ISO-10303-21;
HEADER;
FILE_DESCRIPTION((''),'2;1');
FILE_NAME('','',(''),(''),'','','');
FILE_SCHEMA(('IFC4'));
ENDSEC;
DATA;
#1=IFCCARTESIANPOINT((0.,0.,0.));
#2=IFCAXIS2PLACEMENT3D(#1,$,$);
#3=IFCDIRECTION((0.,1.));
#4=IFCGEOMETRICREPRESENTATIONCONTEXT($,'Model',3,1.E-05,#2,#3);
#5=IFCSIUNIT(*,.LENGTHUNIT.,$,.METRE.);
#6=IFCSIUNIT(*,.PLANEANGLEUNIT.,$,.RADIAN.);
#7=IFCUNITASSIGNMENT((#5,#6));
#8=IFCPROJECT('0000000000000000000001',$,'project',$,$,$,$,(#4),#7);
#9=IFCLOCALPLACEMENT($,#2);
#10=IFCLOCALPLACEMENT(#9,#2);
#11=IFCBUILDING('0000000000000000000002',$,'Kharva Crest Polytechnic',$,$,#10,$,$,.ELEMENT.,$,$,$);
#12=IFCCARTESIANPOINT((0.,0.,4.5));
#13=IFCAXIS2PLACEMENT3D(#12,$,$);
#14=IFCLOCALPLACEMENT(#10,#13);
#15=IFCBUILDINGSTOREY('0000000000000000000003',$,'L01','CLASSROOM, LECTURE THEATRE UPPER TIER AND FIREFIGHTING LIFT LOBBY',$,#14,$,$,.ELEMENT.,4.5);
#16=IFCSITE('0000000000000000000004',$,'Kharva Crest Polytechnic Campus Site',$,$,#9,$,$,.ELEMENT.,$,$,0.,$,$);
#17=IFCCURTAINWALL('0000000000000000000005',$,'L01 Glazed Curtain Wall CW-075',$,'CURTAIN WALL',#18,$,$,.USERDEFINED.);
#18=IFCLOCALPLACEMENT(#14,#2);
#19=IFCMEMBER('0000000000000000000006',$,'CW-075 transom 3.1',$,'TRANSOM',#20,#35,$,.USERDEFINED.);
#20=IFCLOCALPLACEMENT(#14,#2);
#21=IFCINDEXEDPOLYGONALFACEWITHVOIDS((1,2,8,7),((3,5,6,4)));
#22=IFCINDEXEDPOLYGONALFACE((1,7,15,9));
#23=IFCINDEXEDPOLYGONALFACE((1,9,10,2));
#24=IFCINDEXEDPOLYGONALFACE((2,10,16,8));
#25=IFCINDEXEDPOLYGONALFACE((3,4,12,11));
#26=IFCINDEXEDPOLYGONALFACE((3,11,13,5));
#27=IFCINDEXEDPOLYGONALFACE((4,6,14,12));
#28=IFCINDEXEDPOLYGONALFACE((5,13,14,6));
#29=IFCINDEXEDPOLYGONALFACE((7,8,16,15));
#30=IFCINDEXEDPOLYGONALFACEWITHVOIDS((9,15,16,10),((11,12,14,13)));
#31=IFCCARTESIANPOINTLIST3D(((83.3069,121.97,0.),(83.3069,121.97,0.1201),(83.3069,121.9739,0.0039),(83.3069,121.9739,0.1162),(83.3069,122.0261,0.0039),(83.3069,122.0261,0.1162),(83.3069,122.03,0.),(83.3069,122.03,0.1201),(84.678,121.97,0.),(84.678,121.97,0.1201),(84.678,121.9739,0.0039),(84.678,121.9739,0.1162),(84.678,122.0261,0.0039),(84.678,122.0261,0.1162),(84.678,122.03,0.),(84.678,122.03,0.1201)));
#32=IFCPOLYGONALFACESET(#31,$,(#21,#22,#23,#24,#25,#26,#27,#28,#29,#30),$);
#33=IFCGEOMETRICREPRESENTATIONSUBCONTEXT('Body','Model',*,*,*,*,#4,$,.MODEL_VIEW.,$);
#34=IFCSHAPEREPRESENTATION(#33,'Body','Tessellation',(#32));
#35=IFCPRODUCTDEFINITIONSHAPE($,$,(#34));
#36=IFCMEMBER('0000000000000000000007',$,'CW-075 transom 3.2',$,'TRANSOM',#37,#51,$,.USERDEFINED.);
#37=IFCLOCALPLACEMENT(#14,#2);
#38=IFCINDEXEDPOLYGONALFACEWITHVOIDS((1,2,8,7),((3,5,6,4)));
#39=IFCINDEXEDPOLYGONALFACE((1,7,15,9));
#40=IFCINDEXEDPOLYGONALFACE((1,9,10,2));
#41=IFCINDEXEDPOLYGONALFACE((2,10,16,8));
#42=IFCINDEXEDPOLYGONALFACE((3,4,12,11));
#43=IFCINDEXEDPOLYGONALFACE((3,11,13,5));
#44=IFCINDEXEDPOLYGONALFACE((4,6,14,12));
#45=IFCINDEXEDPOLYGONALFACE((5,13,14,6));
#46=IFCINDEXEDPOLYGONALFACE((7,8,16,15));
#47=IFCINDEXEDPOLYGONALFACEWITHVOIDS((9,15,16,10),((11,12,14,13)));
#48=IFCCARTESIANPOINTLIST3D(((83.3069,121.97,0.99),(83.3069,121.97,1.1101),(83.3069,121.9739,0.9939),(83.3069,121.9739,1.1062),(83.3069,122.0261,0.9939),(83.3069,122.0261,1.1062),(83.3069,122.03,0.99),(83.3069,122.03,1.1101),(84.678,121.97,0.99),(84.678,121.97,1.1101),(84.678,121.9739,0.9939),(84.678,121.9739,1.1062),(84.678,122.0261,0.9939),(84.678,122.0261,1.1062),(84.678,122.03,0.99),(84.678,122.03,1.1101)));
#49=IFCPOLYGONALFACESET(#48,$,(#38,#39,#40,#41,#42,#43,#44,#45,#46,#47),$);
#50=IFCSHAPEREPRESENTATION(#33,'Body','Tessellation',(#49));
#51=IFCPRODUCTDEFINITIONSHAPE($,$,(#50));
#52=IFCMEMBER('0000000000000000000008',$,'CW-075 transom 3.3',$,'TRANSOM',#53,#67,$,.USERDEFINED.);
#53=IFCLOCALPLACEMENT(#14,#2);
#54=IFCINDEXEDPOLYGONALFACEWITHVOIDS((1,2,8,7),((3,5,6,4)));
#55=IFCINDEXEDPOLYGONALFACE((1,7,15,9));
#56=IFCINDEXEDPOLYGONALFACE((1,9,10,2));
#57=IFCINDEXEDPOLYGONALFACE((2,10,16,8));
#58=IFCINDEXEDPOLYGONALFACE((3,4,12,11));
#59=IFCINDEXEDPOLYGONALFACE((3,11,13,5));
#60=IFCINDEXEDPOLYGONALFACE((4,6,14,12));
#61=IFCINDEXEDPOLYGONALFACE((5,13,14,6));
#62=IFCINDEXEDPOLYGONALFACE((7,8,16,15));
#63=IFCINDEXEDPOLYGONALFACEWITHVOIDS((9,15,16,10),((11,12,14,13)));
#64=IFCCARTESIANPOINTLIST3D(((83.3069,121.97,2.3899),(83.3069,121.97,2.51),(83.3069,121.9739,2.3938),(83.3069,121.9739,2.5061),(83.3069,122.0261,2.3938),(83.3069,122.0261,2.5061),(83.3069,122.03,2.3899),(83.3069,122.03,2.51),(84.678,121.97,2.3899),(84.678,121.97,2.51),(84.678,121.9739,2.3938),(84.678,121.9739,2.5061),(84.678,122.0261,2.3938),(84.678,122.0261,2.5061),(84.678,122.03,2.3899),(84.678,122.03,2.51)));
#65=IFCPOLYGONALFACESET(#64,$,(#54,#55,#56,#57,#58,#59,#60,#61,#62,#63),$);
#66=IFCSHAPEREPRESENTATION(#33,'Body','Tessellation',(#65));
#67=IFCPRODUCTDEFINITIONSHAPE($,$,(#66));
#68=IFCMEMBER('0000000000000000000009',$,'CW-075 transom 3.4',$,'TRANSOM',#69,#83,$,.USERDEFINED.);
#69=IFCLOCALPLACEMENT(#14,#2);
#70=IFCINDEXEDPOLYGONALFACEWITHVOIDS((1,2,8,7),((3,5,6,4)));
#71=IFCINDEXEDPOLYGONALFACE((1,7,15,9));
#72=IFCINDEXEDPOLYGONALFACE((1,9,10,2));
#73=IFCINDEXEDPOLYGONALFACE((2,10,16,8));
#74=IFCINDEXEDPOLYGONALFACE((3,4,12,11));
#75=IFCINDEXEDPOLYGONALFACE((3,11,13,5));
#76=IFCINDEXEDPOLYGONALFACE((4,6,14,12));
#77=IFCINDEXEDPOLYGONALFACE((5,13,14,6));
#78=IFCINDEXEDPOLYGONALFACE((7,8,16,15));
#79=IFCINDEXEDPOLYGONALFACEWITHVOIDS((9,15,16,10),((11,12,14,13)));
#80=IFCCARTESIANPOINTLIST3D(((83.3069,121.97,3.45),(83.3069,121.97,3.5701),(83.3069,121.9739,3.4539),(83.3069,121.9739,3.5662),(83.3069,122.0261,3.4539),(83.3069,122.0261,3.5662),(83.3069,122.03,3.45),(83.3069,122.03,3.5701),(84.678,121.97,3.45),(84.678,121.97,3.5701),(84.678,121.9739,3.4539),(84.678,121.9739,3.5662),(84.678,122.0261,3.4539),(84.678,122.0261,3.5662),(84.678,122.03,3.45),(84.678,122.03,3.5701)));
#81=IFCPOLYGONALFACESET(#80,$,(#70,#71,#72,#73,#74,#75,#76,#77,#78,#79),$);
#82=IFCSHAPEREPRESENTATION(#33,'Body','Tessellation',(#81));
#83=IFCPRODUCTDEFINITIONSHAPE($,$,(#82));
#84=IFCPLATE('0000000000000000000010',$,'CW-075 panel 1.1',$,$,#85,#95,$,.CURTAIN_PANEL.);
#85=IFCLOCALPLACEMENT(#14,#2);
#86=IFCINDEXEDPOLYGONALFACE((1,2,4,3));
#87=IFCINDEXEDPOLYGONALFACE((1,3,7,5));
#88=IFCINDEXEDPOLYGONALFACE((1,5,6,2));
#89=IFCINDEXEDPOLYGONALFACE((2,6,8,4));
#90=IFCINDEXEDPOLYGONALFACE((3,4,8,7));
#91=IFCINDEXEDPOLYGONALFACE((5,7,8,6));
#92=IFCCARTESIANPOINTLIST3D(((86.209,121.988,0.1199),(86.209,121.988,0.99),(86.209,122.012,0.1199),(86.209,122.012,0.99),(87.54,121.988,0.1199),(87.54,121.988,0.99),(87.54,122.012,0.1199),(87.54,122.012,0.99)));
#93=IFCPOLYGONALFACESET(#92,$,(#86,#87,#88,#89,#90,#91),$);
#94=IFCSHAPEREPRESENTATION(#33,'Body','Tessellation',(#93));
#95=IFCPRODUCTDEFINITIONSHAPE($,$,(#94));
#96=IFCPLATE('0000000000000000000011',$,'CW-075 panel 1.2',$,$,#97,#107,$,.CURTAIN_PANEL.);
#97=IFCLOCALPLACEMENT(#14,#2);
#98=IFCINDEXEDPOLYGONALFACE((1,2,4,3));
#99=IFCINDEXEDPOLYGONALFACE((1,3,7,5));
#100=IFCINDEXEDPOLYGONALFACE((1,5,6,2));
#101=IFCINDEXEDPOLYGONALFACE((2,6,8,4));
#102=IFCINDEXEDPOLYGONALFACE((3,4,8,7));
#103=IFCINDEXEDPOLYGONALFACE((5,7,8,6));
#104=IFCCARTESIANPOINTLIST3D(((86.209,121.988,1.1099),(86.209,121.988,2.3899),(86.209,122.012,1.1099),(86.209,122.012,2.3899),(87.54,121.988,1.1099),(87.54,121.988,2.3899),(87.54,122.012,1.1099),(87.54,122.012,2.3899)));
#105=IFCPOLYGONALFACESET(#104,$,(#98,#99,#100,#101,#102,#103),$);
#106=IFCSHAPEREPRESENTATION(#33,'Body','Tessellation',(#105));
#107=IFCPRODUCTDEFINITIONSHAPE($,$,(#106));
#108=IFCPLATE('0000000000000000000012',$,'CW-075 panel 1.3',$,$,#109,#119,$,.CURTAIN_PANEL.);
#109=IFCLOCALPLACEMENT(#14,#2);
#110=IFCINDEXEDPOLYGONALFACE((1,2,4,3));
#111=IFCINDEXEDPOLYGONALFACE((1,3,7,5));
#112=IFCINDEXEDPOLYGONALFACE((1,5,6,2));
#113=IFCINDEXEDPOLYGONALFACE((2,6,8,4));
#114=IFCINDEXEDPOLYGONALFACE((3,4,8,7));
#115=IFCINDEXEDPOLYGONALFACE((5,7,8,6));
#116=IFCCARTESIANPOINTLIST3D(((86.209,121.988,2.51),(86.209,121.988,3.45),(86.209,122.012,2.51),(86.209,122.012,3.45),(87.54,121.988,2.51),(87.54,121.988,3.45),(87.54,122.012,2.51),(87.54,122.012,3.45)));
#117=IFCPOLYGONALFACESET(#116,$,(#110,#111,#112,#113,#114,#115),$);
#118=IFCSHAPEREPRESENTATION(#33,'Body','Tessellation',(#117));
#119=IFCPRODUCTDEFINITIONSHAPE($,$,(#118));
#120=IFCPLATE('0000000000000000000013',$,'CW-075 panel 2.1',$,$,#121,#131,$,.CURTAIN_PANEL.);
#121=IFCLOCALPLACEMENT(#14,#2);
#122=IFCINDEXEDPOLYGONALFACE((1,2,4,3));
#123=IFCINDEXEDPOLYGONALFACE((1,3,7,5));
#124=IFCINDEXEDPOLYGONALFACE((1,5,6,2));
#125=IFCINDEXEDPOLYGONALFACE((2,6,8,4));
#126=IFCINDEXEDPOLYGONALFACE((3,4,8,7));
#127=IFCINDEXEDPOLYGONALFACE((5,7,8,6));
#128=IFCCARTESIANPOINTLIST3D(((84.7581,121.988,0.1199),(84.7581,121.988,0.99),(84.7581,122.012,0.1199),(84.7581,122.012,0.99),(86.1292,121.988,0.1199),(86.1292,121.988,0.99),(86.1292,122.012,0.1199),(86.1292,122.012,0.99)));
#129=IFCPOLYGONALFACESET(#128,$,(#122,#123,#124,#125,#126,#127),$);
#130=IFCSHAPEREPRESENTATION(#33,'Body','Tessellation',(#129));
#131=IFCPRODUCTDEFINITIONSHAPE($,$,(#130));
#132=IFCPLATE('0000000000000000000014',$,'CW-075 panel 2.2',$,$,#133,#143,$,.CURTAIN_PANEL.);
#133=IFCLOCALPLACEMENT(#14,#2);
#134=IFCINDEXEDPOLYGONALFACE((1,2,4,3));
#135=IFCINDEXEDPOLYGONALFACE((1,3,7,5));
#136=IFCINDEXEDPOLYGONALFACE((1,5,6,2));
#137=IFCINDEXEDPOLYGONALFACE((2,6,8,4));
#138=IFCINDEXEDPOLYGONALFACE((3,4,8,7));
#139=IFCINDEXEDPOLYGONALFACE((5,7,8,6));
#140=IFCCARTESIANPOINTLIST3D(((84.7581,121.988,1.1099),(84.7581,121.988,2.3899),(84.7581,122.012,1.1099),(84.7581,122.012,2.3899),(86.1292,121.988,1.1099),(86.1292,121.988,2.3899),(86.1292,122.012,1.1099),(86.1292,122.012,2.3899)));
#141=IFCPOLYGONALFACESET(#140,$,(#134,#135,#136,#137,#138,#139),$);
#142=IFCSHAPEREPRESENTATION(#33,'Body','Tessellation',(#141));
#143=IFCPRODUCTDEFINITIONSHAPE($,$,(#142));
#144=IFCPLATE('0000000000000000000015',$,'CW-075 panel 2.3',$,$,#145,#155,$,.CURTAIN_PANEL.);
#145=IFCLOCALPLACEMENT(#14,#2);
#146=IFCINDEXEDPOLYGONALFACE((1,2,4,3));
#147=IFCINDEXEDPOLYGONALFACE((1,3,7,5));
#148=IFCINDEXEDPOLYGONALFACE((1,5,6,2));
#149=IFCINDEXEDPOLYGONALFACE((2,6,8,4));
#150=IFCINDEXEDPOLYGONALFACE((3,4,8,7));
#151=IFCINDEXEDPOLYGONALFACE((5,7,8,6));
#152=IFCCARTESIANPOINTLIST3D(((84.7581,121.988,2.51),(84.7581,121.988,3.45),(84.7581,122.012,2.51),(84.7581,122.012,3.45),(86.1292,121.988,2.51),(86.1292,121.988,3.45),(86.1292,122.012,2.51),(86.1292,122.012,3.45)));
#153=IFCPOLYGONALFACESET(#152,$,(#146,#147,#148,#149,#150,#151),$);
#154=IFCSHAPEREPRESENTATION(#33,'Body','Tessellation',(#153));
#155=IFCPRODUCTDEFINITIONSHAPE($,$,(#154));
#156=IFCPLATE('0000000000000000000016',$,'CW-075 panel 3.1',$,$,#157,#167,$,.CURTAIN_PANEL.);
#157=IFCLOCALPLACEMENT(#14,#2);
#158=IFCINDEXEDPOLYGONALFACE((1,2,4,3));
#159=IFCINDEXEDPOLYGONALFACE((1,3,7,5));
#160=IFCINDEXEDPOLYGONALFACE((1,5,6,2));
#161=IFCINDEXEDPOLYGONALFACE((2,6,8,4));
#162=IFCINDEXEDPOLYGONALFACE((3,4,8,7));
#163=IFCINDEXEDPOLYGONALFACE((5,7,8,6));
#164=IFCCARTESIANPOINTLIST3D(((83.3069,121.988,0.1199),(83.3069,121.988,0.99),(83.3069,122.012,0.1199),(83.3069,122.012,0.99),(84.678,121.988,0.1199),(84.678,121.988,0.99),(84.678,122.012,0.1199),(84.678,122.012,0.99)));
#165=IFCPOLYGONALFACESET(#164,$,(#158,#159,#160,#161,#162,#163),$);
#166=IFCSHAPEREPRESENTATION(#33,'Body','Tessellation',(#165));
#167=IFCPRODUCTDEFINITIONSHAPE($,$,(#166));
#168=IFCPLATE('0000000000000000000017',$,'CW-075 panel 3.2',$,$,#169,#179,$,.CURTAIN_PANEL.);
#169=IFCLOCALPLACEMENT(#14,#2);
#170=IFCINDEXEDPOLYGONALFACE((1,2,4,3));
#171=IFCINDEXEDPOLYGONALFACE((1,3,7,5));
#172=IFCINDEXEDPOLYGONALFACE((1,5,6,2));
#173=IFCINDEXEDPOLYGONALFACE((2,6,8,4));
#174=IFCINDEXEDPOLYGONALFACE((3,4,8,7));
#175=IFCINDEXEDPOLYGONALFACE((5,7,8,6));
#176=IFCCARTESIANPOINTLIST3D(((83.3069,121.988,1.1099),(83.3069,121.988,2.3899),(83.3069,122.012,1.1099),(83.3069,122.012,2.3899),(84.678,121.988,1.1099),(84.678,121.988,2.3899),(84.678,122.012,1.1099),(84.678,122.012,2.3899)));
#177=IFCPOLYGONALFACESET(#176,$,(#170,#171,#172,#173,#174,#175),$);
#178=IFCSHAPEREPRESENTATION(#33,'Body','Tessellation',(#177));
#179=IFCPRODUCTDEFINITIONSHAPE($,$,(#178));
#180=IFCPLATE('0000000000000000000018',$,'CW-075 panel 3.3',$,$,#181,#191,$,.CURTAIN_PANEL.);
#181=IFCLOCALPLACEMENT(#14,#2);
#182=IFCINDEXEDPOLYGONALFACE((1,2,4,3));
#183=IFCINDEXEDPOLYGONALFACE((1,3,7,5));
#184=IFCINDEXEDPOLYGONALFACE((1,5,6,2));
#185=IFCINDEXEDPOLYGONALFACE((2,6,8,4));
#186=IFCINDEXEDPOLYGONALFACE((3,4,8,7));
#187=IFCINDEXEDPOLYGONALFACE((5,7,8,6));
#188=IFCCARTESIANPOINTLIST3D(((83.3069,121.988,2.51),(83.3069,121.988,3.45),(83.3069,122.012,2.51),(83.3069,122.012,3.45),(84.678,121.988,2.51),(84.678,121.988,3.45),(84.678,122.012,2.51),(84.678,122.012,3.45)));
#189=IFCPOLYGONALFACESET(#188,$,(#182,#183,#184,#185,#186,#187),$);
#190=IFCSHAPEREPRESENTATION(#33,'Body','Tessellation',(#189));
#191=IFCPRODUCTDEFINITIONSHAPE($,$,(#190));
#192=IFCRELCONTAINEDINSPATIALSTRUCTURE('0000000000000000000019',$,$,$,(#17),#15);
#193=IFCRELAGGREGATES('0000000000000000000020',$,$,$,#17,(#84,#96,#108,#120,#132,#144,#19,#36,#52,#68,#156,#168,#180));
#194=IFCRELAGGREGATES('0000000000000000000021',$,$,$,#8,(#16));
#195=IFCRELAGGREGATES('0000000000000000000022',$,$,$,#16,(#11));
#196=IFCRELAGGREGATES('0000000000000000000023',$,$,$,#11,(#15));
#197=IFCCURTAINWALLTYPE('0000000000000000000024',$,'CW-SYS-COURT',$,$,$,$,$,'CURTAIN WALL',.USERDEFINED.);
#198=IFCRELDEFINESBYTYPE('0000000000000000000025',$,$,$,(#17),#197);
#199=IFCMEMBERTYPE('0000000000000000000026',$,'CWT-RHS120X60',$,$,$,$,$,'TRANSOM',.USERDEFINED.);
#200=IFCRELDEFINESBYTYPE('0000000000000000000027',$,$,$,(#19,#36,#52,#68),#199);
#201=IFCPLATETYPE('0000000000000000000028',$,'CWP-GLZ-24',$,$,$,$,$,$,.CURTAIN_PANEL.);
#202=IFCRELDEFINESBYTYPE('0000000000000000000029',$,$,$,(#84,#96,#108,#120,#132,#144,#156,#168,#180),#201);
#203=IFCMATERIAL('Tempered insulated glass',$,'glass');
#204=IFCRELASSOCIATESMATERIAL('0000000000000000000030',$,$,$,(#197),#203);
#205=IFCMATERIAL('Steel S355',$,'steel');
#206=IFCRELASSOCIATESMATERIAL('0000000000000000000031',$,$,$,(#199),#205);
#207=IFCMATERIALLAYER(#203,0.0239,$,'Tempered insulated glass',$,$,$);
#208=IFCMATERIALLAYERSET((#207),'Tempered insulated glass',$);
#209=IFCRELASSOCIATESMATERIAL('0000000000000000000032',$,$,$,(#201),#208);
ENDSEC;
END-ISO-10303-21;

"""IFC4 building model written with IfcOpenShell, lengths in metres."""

from ifc_helpers import new_model, si_unit, direction, frame, origin, origin_2d, place, context, subcontext, project, spatial, rectangle, hollow_rectangle, extrude, material, layer, layer_set, material_profile, profile_set, type_object, element, aggregate, save


model = new_model("IFC4")

# Units and contexts
model_context = context("Model", 3, precision=1e-05, world=origin(), true_north=direction((0.0, 1.0)))
body_context = subcontext(model_context, "Body", "Model", "MODEL_VIEW")
ifc_project = project(units=[si_unit("LENGTHUNIT", "METRE"), si_unit("PLANEANGLEUNIT", "RADIAN")], contexts=[model_context])

# Site, building, storey
site_placement = place(None, origin())
site = spatial("IfcSite", under=ifc_project, at=site_placement, Name="Kharva Crest Polytechnic Campus Site", CompositionType="ELEMENT", RefElevation=0.0)
building_placement = place(site_placement, origin())
building = spatial("IfcBuilding", under=site, at=building_placement, Name="Kharva Crest Polytechnic", CompositionType="ELEMENT")
storey_placement = place(building_placement, frame((0.0, 0.0, 4.5)))
storey = spatial("IfcBuildingStorey", under=building, at=storey_placement, Name="L01", Description="CLASSROOM, LECTURE THEATRE UPPER TIER AND FIREFIGHTING LIFT LOBBY", CompositionType="ELEMENT", Elevation=4.5)

# Curtain wall, members, plates
ifc_material_1 = material(Name="Tempered insulated glass", Category="glass")
curtain_wall_type = type_object("IfcCurtainWallType", Name="CW-SYS-COURT", ElementType="CURTAIN WALL", PredefinedType="USERDEFINED", material=ifc_material_1)
curtain_wall_placement = place(storey_placement, origin())
curtain_wall = element("IfcCurtainWall", 1, at=curtain_wall_placement, inside=storey, type_object=curtain_wall_type, Name="L01 Glazed Curtain Wall CW-075", ObjectType="CURTAIN WALL", PredefinedType="USERDEFINED")
ifc_material_2 = material(Name="Steel S355", Category="steel")
ifc_material_profile_1 = material_profile(ifc_material_2, hollow_rectangle(XDim=0.0601, YDim=0.1201, WallThickness=0.0039, at=origin_2d()), Name="RHS 120X60X4.0")
ifc_profile_set_1 = profile_set([ifc_material_profile_1], Name="Steel S355")
member_type_1 = type_object("IfcMemberType", Name="CWT-RHS120X60", ElementType="TRANSOM", PredefinedType="USERDEFINED", material=ifc_profile_set_1)
member_1_placement = place(storey_placement, frame((84.678, 122.0, 0.0601), z_axis=(-1.0, 0.0, 0.0), x_axis=(0.0, -1.0, 0.0)))
member_1 = element("IfcMember", 2, at=member_1_placement, type_object=member_type_1, Name="CW-075 transom 3.1", ObjectType="TRANSOM", PredefinedType="USERDEFINED", context=body_context, shape_type="SweptSolid", body=[
    extrude(hollow_rectangle(XDim=0.0601, YDim=0.1201, WallThickness=0.0039, at=origin_2d()), origin(), (0.0, 0.0, 1.0), 1.3711),
])
member_2_placement = place(storey_placement, frame((84.678, 122.0, 1.05), z_axis=(-1.0, 0.0, 0.0), x_axis=(0.0, -1.0, 0.0)))
member_2 = element("IfcMember", 3, at=member_2_placement, type_object=member_type_1, Name="CW-075 transom 3.2", ObjectType="TRANSOM", PredefinedType="USERDEFINED", context=body_context, shape_type="SweptSolid", body=[
    extrude(hollow_rectangle(XDim=0.0601, YDim=0.1201, WallThickness=0.0039, at=origin_2d()), origin(), (0.0, 0.0, 1.0), 1.3711),
])
member_3_placement = place(storey_placement, frame((84.678, 122.0, 2.45), z_axis=(-1.0, 0.0, 0.0), x_axis=(0.0, -1.0, 0.0)))
member_3 = element("IfcMember", 4, at=member_3_placement, type_object=member_type_1, Name="CW-075 transom 3.3", ObjectType="TRANSOM", PredefinedType="USERDEFINED", context=body_context, shape_type="SweptSolid", body=[
    extrude(hollow_rectangle(XDim=0.0601, YDim=0.1201, WallThickness=0.0039, at=origin_2d()), origin(), (0.0, 0.0, 1.0), 1.3711),
])
member_4_placement = place(storey_placement, frame((84.678, 122.0, 3.51), z_axis=(-1.0, 0.0, 0.0), x_axis=(0.0, -1.0, 0.0)))
member_4 = element("IfcMember", 5, at=member_4_placement, type_object=member_type_1, Name="CW-075 transom 3.4", ObjectType="TRANSOM", PredefinedType="USERDEFINED", context=body_context, shape_type="SweptSolid", body=[
    extrude(hollow_rectangle(XDim=0.0601, YDim=0.1201, WallThickness=0.0039, at=origin_2d()), origin(), (0.0, 0.0, 1.0), 1.3711),
])
ifc_layer = layer(ifc_material_1, 0.0239, Name="Tempered insulated glass")
ifc_layer_set = layer_set([ifc_layer], Name="Tempered insulated glass")
plate_type = type_object("IfcPlateType", Name="CWP-GLZ-24", PredefinedType="CURTAIN_PANEL", material=ifc_layer_set)
plate_1_placement = place(storey_placement, frame((86.8745, 122.0, 0.1199), z_axis=(0.0, 0.0, 1.0), x_axis=(-1.0, 0.0, 0.0)))
plate_1 = element("IfcPlate", 6, at=plate_1_placement, type_object=plate_type, Name="CW-075 panel 1.1", PredefinedType="CURTAIN_PANEL", context=body_context, shape_type="SweptSolid", body=[
    extrude(rectangle(XDim=1.3311, YDim=0.0239, at=origin_2d()), origin(), (0.0, 0.0, 1.0), 0.8701),
])
plate_2_placement = place(storey_placement, frame((86.8745, 122.0, 1.1099), z_axis=(0.0, 0.0, 1.0), x_axis=(-1.0, 0.0, 0.0)))
plate_2 = element("IfcPlate", 7, at=plate_2_placement, type_object=plate_type, Name="CW-075 panel 1.2", PredefinedType="CURTAIN_PANEL", context=body_context, shape_type="SweptSolid", body=[
    extrude(rectangle(XDim=1.3311, YDim=0.0239, at=origin_2d()), origin(), (0.0, 0.0, 1.0), 1.28),
])
plate_3_placement = place(storey_placement, frame((86.8745, 122.0, 2.51), z_axis=(0.0, 0.0, 1.0), x_axis=(-1.0, 0.0, 0.0)))
plate_3 = element("IfcPlate", 8, at=plate_3_placement, type_object=plate_type, Name="CW-075 panel 1.3", PredefinedType="CURTAIN_PANEL", context=body_context, shape_type="SweptSolid", body=[
    extrude(rectangle(XDim=1.3311, YDim=0.0239, at=origin_2d()), origin(), (0.0, 0.0, 1.0), 0.9399),
])
plate_4_placement = place(storey_placement, frame((85.4436, 122.0, 0.1199), z_axis=(0.0, 0.0, 1.0), x_axis=(-1.0, 0.0, 0.0)))
plate_4 = element("IfcPlate", 9, at=plate_4_placement, type_object=plate_type, Name="CW-075 panel 2.1", PredefinedType="CURTAIN_PANEL", context=body_context, shape_type="SweptSolid", body=[
    extrude(rectangle(XDim=1.3711, YDim=0.0239, at=origin_2d()), origin(), (0.0, 0.0, 1.0), 0.8701),
])
plate_5_placement = place(storey_placement, frame((85.4436, 122.0, 1.1099), z_axis=(0.0, 0.0, 1.0), x_axis=(-1.0, 0.0, 0.0)))
plate_5 = element("IfcPlate", 10, at=plate_5_placement, type_object=plate_type, Name="CW-075 panel 2.2", PredefinedType="CURTAIN_PANEL", context=body_context, shape_type="SweptSolid", body=[
    extrude(rectangle(XDim=1.3711, YDim=0.0239, at=origin_2d()), origin(), (0.0, 0.0, 1.0), 1.28),
])
plate_6_placement = place(storey_placement, frame((85.4436, 122.0, 2.51), z_axis=(0.0, 0.0, 1.0), x_axis=(-1.0, 0.0, 0.0)))
plate_6 = element("IfcPlate", 11, at=plate_6_placement, type_object=plate_type, Name="CW-075 panel 2.3", PredefinedType="CURTAIN_PANEL", context=body_context, shape_type="SweptSolid", body=[
    extrude(rectangle(XDim=1.3711, YDim=0.0239, at=origin_2d()), origin(), (0.0, 0.0, 1.0), 0.9399),
])
plate_7_placement = place(storey_placement, frame((83.9924, 122.0, 0.1199), z_axis=(0.0, 0.0, 1.0), x_axis=(-1.0, 0.0, 0.0)))
plate_7 = element("IfcPlate", 12, at=plate_7_placement, type_object=plate_type, Name="CW-075 panel 3.1", PredefinedType="CURTAIN_PANEL", context=body_context, shape_type="SweptSolid", body=[
    extrude(rectangle(XDim=1.3711, YDim=0.0239, at=origin_2d()), origin(), (0.0, 0.0, 1.0), 0.8701),
])
plate_8_placement = place(storey_placement, frame((83.9924, 122.0, 1.1099), z_axis=(0.0, 0.0, 1.0), x_axis=(-1.0, 0.0, 0.0)))
plate_8 = element("IfcPlate", 13, at=plate_8_placement, type_object=plate_type, Name="CW-075 panel 3.2", PredefinedType="CURTAIN_PANEL", context=body_context, shape_type="SweptSolid", body=[
    extrude(rectangle(XDim=1.3711, YDim=0.0239, at=origin_2d()), origin(), (0.0, 0.0, 1.0), 1.28),
])
plate_9_placement = place(storey_placement, frame((83.9924, 122.0, 2.51), z_axis=(0.0, 0.0, 1.0), x_axis=(-1.0, 0.0, 0.0)))
plate_9 = element("IfcPlate", 14, at=plate_9_placement, type_object=plate_type, Name="CW-075 panel 3.3", PredefinedType="CURTAIN_PANEL", context=body_context, shape_type="SweptSolid", body=[
    extrude(rectangle(XDim=1.3711, YDim=0.0239, at=origin_2d()), origin(), (0.0, 0.0, 1.0), 0.9399),
])
aggregate(curtain_wall, [plate_1, plate_2, plate_3, plate_4, plate_5, plate_6, member_1, member_2, member_3, member_4, plate_7, plate_8, plate_9])

save(model, "model.ifc")
